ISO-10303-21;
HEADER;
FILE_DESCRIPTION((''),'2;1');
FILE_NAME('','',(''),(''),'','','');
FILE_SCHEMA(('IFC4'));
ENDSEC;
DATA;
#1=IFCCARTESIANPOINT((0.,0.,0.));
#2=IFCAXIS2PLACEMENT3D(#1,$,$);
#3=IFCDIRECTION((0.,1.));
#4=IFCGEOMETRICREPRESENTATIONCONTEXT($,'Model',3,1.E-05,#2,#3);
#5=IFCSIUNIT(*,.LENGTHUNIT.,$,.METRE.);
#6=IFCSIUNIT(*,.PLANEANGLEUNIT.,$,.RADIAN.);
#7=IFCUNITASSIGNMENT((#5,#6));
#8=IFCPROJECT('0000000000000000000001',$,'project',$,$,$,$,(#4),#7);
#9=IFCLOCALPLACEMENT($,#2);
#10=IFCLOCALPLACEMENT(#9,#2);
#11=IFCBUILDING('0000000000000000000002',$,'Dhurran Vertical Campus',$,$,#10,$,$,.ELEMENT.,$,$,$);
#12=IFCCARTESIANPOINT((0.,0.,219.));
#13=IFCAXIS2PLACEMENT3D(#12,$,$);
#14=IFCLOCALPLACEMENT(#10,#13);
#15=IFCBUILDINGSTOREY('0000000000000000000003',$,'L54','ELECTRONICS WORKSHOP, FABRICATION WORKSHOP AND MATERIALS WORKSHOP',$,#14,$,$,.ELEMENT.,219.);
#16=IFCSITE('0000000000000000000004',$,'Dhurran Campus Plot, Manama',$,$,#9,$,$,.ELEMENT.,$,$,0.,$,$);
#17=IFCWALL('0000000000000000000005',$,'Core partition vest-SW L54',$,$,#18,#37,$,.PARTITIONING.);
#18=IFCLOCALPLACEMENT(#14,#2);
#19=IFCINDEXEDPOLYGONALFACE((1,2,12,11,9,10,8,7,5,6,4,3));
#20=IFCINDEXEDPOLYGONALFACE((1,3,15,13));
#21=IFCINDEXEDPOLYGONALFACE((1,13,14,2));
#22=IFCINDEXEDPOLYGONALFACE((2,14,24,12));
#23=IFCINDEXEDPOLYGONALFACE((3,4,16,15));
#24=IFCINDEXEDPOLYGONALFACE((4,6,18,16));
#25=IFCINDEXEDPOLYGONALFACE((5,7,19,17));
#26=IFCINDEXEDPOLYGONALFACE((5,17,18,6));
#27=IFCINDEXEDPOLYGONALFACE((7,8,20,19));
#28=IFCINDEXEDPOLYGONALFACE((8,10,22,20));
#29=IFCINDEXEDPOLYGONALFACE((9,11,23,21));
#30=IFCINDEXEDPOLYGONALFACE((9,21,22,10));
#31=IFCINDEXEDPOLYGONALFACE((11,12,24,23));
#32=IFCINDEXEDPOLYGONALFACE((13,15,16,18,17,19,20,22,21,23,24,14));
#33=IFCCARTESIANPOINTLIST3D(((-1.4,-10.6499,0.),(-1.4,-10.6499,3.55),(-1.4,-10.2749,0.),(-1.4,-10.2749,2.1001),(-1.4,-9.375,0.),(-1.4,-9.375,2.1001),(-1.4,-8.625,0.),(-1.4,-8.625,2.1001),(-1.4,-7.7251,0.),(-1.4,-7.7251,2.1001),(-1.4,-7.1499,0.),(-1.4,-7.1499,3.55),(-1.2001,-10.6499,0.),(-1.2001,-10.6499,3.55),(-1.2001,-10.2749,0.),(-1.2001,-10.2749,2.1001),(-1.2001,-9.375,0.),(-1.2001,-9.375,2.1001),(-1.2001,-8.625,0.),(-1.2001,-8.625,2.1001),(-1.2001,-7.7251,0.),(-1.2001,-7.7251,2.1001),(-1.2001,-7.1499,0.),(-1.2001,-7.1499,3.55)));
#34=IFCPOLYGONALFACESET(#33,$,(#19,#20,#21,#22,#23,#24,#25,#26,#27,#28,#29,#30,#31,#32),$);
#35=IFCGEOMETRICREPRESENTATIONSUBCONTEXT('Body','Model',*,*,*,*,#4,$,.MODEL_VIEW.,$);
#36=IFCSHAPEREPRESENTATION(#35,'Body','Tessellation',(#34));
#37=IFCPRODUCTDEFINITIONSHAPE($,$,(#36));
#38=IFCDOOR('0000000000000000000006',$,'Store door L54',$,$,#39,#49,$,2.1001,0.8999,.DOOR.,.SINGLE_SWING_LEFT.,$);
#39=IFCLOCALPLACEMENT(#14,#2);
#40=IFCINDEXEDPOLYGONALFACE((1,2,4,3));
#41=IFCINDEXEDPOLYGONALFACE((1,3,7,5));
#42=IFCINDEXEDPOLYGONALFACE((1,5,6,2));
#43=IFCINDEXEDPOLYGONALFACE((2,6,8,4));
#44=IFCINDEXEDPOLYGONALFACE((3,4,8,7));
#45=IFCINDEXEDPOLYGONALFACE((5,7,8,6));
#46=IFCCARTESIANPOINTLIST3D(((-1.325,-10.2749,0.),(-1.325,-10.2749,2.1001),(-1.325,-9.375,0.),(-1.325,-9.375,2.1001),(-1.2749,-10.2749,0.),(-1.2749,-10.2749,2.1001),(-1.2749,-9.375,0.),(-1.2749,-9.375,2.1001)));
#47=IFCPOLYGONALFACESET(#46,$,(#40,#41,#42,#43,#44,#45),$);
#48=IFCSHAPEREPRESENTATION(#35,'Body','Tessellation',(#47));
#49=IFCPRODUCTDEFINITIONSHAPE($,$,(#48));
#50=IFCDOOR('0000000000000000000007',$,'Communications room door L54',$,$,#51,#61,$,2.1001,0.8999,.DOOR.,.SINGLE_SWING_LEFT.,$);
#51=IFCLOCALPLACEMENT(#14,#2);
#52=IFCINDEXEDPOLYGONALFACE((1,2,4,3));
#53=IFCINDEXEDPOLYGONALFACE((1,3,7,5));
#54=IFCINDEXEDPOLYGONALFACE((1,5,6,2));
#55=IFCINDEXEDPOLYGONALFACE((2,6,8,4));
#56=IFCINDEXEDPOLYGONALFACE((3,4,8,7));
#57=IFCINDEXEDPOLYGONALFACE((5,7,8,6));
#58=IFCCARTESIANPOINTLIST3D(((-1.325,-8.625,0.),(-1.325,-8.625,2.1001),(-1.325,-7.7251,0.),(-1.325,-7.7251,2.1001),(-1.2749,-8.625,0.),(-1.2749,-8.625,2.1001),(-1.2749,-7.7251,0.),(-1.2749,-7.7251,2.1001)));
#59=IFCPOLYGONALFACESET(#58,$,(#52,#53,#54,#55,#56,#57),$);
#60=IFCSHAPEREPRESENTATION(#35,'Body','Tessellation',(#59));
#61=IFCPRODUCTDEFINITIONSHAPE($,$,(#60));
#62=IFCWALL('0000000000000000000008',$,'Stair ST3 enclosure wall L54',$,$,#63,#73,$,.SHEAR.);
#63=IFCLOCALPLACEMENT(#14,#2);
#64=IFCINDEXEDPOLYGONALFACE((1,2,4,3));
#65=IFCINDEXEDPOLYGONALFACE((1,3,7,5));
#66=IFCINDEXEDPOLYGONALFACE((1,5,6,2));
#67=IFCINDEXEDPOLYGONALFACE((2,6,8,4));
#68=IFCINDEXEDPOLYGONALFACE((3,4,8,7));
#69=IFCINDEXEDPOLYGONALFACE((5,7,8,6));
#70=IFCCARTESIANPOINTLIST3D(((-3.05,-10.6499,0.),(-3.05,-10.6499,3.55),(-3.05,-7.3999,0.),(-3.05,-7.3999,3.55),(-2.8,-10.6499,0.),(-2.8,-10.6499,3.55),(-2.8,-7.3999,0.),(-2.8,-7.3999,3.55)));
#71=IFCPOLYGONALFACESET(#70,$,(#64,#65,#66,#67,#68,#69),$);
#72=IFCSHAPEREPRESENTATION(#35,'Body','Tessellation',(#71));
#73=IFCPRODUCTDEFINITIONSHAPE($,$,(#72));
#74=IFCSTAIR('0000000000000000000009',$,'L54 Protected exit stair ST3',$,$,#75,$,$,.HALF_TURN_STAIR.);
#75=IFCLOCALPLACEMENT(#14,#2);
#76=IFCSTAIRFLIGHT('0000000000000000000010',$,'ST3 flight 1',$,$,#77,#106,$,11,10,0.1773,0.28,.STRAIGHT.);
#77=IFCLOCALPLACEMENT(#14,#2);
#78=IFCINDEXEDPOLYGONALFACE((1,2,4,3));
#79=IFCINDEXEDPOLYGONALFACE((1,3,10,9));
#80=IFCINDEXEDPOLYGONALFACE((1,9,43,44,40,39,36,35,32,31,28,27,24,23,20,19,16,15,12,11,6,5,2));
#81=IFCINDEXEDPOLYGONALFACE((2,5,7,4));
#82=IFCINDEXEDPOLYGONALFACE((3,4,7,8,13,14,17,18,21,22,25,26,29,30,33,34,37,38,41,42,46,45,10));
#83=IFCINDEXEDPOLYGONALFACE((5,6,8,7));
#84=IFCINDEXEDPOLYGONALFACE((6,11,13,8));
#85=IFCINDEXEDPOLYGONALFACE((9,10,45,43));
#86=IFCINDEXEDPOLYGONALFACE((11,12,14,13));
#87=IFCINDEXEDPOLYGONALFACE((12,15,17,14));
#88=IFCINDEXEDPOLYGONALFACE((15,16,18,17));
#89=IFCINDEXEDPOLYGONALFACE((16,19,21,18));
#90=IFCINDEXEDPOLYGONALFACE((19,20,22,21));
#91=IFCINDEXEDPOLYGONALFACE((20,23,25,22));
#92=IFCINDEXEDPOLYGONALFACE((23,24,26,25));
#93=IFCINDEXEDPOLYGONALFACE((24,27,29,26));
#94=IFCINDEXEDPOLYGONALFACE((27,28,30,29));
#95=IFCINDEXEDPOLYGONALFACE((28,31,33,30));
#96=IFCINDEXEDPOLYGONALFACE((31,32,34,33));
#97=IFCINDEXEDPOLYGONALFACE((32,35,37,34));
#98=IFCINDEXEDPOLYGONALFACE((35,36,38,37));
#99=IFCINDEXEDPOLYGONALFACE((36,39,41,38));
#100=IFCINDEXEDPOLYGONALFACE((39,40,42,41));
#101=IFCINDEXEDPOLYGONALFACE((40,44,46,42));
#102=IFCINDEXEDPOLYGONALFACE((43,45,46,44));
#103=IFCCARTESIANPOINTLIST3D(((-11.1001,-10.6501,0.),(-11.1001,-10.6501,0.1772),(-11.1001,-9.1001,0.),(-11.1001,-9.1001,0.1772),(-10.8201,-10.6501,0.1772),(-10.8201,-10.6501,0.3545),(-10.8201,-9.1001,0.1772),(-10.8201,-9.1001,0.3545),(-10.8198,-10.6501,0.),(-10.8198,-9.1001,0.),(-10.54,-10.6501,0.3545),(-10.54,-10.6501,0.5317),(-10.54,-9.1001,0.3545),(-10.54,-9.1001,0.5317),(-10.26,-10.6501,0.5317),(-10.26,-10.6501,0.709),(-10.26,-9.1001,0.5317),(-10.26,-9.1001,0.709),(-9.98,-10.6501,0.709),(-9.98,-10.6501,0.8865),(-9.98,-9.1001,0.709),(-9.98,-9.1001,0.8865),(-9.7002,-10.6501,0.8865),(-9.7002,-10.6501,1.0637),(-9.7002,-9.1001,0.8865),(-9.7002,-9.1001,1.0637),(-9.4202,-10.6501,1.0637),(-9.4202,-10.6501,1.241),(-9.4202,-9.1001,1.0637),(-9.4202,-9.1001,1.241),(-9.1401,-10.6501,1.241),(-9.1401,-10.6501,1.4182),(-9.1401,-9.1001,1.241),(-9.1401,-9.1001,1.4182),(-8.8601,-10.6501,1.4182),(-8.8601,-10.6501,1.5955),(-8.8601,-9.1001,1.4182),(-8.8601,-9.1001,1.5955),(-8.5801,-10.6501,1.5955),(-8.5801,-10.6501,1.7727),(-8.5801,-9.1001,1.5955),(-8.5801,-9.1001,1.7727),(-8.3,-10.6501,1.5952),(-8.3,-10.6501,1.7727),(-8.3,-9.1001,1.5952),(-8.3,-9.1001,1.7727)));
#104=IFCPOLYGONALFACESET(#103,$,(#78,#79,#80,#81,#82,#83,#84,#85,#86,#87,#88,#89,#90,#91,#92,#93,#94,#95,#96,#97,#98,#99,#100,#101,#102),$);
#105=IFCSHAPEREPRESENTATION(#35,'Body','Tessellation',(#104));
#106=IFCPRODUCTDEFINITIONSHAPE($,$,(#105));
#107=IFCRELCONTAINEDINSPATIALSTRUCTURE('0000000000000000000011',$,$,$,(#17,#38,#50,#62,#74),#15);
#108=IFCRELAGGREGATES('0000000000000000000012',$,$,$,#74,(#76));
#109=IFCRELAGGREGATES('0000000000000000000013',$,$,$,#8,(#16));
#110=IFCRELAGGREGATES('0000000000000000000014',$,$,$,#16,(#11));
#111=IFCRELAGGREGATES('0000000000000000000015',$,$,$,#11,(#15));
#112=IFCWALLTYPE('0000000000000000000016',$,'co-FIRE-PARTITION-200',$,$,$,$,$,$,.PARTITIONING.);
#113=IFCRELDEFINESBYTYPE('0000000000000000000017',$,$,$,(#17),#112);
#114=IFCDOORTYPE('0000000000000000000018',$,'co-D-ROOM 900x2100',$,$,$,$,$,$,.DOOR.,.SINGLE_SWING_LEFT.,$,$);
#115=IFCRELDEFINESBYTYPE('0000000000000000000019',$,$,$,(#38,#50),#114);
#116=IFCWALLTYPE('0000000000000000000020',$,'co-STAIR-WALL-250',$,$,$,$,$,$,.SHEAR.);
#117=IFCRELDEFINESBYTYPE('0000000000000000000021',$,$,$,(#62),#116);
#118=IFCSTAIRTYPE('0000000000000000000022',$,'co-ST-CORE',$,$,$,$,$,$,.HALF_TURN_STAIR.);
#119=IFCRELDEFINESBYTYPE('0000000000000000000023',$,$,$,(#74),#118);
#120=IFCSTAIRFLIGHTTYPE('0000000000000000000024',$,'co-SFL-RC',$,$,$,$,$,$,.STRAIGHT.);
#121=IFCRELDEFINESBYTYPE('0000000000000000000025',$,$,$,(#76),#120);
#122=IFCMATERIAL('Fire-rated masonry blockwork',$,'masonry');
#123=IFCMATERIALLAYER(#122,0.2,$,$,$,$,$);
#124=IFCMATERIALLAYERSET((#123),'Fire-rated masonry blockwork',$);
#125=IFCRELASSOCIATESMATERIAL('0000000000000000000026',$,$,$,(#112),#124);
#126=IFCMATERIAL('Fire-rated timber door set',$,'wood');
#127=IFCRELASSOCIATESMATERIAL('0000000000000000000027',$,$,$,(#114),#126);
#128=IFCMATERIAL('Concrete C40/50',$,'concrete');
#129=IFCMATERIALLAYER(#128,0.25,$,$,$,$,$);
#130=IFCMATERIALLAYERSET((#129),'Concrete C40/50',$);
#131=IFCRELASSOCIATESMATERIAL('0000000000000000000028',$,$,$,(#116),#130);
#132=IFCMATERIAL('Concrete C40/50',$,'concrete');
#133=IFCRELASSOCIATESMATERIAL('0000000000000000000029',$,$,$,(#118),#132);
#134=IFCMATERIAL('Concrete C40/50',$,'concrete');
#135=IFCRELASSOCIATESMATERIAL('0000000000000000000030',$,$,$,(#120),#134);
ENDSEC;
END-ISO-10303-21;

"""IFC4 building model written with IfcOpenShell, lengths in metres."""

from ifc_helpers import new_model, si_unit, direction, frame, frame_2d, origin, place, context, subcontext, project, spatial, polyline, rectangle, outline, extrude, material, layer, layer_set, type_object, element, fill, aggregate, save


model = new_model("IFC4")

# Units and contexts
model_context = context("Model", 3, precision=1e-05, world=origin(), true_north=direction((0.0, 1.0)))
body_context = subcontext(model_context, "Body", "Model", "MODEL_VIEW")
ifc_project = project(units=[si_unit("LENGTHUNIT", "METRE"), si_unit("PLANEANGLEUNIT", "RADIAN")], contexts=[model_context])

# Site, building, storey
site_placement = place(None, origin())
site = spatial("IfcSite", under=ifc_project, at=site_placement, Name="Dhurran Campus Plot, Manama", CompositionType="ELEMENT", RefElevation=0.0)
building_placement = place(site_placement, origin())
building = spatial("IfcBuilding", under=site, at=building_placement, Name="Dhurran Vertical Campus", CompositionType="ELEMENT")
storey_placement = place(building_placement, frame((0.0, 0.0, 219.0)))
storey = spatial("IfcBuildingStorey", under=building, at=storey_placement, Name="L54", Description="ELECTRONICS WORKSHOP, FABRICATION WORKSHOP AND MATERIALS WORKSHOP", CompositionType="ELEMENT", Elevation=219.0)

# Shared definitions
ifc_material_1 = material(Name="Fire-rated masonry blockwork", Category="masonry")
ifc_layer_1 = layer(ifc_material_1, 0.2)
ifc_layer_set_1 = layer_set([ifc_layer_1], Name="Fire-rated masonry blockwork")
wall_type_1 = type_object("IfcWallType", Name="co-FIRE-PARTITION-200", PredefinedType="PARTITIONING", material=ifc_layer_set_1)

# Wall, openings, doors
wall_1_placement = place(storey_placement, frame((-1.3, -10.6499, 0.0), z_axis=(0.0, 0.0, 1.0), x_axis=(0.0, 1.0, 0.0)))
wall_1 = element("IfcWall", 1, at=wall_1_placement, inside=storey, type_object=wall_type_1, Name="Core partition vest-SW L54", PredefinedType="PARTITIONING", context=body_context, shape_type="SweptSolid", body=[
    extrude(rectangle(XDim=3.5, YDim=0.2, at=frame_2d((1.75, 0.0))), origin(), (0.0, 0.0, 1.0), 3.55),
])
opening_1_placement = place(wall_1_placement, frame((0.375, 0.0, 0.0)))
opening_1 = element("IfcOpeningElement", 2, at=opening_1_placement, cuts=wall_1, PredefinedType="OPENING", context=body_context, shape_type="SweptSolid", body=[
    extrude(rectangle(XDim=0.8999, YDim=2.1001, at=frame_2d((0.45, 1.05))), frame((0.0, 0.1099, 0.0), z_axis=(0.0, -1.0, 0.0), x_axis=(1.0, 0.0, 0.0)), (0.0, 0.0, 1.0), 0.22),
])
opening_2_placement = place(wall_1_placement, frame((2.0249, 0.0, 0.0)))
opening_2 = element("IfcOpeningElement", 3, at=opening_2_placement, cuts=wall_1, PredefinedType="OPENING", context=body_context, shape_type="SweptSolid", body=[
    extrude(rectangle(XDim=0.8999, YDim=2.1001, at=frame_2d((0.45, 1.05))), frame((0.0, 0.1099, 0.0), z_axis=(0.0, -1.0, 0.0), x_axis=(1.0, 0.0, 0.0)), (0.0, 0.0, 1.0), 0.22),
])
ifc_material_2 = material(Name="Fire-rated timber door set", Category="wood")
door_type = type_object("IfcDoorType", Name="co-D-ROOM 900x2100", OperationType="SINGLE_SWING_LEFT", PredefinedType="DOOR", material=ifc_material_2)
door_1_placement = place(opening_1_placement, origin())
door_1 = element("IfcDoor", 4, at=door_1_placement, inside=storey, type_object=door_type, Name="Store door L54", OperationType="SINGLE_SWING_LEFT", OverallHeight=2.1001, OverallWidth=0.8999, PredefinedType="DOOR", context=body_context, shape_type="SweptSolid", body=[
    extrude(rectangle(XDim=0.8999, YDim=2.1001, at=frame_2d((0.45, 1.05))), frame((0.0, 0.0249, 0.0), z_axis=(0.0, -1.0, 0.0), x_axis=(1.0, 0.0, 0.0)), (0.0, 0.0, 1.0), 0.05),
])
fill(opening_1, door_1)
door_2_placement = place(opening_2_placement, origin())
door_2 = element("IfcDoor", 5, at=door_2_placement, inside=storey, type_object=door_type, Name="Communications room door L54", OperationType="SINGLE_SWING_LEFT", OverallHeight=2.1001, OverallWidth=0.8999, PredefinedType="DOOR", context=body_context, shape_type="SweptSolid", body=[
    extrude(rectangle(XDim=0.8999, YDim=2.1001, at=frame_2d((0.45, 1.05))), frame((0.0, 0.0249, 0.0), z_axis=(0.0, -1.0, 0.0), x_axis=(1.0, 0.0, 0.0)), (0.0, 0.0, 1.0), 0.05),
])
fill(opening_2, door_2)

# Wall
ifc_material_3 = material(Name="Concrete C40/50", Category="concrete")
ifc_layer_2 = layer(ifc_material_3, 0.25)
ifc_layer_set_2 = layer_set([ifc_layer_2], Name="Concrete C40/50")
wall_type_2 = type_object("IfcWallType", Name="co-STAIR-WALL-250", PredefinedType="SHEAR", material=ifc_layer_set_2)
wall_2_placement = place(storey_placement, frame((-2.925, -10.6499, 0.0), z_axis=(0.0, 0.0, 1.0), x_axis=(0.0, 1.0, 0.0)))
element("IfcWall", 6, at=wall_2_placement, inside=storey, type_object=wall_type_2, Name="Stair ST3 enclosure wall L54", PredefinedType="SHEAR", context=body_context, shape_type="SweptSolid", body=[
    extrude(rectangle(XDim=3.25, YDim=0.25, at=frame_2d((1.625, 0.0))), origin(), (0.0, 0.0, 1.0), 3.55),
])

# Stair, stair flight
ifc_material_4 = material(Name="Concrete C40/50", Category="concrete")
stair_type = type_object("IfcStairType", Name="co-ST-CORE", PredefinedType="HALF_TURN_STAIR", material=ifc_material_4)
stair_placement = place(storey_placement, origin())
stair = element("IfcStair", 7, at=stair_placement, inside=storey, type_object=stair_type, Name="L54 Protected exit stair ST3", PredefinedType="HALF_TURN_STAIR")
ifc_material_5 = material(Name="Concrete C40/50", Category="concrete")
stair_flight_type = type_object("IfcStairFlightType", Name="co-SFL-RC", PredefinedType="STRAIGHT", material=ifc_material_5)
stair_flight_placement = place(storey_placement, frame((-11.1001, -9.875, 0.0), z_axis=(0.0, 0.0, 1.0), x_axis=(1.0, 0.0, 0.0)))
stair_flight = element("IfcStairFlight", 8, at=stair_flight_placement, type_object=stair_flight_type, Name="ST3 flight 1", NumberOfRisers=11, NumberOfTreads=10, PredefinedType="STRAIGHT", RiserHeight=0.1773, TreadLength=0.28, context=body_context, shape_type="SweptSolid", body=[
    extrude(outline(polyline([(0.0, 0.0), (0.0, 0.1772), (0.28, 0.1772), (0.28, 0.3545), (0.5601, 0.3545), (0.5601, 0.5317), (0.8401, 0.5317), (0.8401, 0.709), (1.1201, 0.709), (1.1201, 0.8865), (1.3999, 0.8865), (1.3999, 1.0637), (1.6799, 1.0637), (1.6799, 1.241), (1.96, 1.241), (1.96, 1.4182), (2.24, 1.4182), (2.24, 1.5955), (2.52, 1.5955), (2.52, 1.7727), (2.8, 1.7727), (2.8, 1.95), (2.8, 1.5952), (0.2803, 0.0), (0.0, 0.0)])), frame((0.0, 0.7749, 0.0), z_axis=(0.0, -1.0, 0.0), x_axis=(1.0, 0.0, 0.0)), (0.0, 0.0, 1.0), 1.55),
])
aggregate(stair, [stair_flight])

save(model, "model.ifc")
